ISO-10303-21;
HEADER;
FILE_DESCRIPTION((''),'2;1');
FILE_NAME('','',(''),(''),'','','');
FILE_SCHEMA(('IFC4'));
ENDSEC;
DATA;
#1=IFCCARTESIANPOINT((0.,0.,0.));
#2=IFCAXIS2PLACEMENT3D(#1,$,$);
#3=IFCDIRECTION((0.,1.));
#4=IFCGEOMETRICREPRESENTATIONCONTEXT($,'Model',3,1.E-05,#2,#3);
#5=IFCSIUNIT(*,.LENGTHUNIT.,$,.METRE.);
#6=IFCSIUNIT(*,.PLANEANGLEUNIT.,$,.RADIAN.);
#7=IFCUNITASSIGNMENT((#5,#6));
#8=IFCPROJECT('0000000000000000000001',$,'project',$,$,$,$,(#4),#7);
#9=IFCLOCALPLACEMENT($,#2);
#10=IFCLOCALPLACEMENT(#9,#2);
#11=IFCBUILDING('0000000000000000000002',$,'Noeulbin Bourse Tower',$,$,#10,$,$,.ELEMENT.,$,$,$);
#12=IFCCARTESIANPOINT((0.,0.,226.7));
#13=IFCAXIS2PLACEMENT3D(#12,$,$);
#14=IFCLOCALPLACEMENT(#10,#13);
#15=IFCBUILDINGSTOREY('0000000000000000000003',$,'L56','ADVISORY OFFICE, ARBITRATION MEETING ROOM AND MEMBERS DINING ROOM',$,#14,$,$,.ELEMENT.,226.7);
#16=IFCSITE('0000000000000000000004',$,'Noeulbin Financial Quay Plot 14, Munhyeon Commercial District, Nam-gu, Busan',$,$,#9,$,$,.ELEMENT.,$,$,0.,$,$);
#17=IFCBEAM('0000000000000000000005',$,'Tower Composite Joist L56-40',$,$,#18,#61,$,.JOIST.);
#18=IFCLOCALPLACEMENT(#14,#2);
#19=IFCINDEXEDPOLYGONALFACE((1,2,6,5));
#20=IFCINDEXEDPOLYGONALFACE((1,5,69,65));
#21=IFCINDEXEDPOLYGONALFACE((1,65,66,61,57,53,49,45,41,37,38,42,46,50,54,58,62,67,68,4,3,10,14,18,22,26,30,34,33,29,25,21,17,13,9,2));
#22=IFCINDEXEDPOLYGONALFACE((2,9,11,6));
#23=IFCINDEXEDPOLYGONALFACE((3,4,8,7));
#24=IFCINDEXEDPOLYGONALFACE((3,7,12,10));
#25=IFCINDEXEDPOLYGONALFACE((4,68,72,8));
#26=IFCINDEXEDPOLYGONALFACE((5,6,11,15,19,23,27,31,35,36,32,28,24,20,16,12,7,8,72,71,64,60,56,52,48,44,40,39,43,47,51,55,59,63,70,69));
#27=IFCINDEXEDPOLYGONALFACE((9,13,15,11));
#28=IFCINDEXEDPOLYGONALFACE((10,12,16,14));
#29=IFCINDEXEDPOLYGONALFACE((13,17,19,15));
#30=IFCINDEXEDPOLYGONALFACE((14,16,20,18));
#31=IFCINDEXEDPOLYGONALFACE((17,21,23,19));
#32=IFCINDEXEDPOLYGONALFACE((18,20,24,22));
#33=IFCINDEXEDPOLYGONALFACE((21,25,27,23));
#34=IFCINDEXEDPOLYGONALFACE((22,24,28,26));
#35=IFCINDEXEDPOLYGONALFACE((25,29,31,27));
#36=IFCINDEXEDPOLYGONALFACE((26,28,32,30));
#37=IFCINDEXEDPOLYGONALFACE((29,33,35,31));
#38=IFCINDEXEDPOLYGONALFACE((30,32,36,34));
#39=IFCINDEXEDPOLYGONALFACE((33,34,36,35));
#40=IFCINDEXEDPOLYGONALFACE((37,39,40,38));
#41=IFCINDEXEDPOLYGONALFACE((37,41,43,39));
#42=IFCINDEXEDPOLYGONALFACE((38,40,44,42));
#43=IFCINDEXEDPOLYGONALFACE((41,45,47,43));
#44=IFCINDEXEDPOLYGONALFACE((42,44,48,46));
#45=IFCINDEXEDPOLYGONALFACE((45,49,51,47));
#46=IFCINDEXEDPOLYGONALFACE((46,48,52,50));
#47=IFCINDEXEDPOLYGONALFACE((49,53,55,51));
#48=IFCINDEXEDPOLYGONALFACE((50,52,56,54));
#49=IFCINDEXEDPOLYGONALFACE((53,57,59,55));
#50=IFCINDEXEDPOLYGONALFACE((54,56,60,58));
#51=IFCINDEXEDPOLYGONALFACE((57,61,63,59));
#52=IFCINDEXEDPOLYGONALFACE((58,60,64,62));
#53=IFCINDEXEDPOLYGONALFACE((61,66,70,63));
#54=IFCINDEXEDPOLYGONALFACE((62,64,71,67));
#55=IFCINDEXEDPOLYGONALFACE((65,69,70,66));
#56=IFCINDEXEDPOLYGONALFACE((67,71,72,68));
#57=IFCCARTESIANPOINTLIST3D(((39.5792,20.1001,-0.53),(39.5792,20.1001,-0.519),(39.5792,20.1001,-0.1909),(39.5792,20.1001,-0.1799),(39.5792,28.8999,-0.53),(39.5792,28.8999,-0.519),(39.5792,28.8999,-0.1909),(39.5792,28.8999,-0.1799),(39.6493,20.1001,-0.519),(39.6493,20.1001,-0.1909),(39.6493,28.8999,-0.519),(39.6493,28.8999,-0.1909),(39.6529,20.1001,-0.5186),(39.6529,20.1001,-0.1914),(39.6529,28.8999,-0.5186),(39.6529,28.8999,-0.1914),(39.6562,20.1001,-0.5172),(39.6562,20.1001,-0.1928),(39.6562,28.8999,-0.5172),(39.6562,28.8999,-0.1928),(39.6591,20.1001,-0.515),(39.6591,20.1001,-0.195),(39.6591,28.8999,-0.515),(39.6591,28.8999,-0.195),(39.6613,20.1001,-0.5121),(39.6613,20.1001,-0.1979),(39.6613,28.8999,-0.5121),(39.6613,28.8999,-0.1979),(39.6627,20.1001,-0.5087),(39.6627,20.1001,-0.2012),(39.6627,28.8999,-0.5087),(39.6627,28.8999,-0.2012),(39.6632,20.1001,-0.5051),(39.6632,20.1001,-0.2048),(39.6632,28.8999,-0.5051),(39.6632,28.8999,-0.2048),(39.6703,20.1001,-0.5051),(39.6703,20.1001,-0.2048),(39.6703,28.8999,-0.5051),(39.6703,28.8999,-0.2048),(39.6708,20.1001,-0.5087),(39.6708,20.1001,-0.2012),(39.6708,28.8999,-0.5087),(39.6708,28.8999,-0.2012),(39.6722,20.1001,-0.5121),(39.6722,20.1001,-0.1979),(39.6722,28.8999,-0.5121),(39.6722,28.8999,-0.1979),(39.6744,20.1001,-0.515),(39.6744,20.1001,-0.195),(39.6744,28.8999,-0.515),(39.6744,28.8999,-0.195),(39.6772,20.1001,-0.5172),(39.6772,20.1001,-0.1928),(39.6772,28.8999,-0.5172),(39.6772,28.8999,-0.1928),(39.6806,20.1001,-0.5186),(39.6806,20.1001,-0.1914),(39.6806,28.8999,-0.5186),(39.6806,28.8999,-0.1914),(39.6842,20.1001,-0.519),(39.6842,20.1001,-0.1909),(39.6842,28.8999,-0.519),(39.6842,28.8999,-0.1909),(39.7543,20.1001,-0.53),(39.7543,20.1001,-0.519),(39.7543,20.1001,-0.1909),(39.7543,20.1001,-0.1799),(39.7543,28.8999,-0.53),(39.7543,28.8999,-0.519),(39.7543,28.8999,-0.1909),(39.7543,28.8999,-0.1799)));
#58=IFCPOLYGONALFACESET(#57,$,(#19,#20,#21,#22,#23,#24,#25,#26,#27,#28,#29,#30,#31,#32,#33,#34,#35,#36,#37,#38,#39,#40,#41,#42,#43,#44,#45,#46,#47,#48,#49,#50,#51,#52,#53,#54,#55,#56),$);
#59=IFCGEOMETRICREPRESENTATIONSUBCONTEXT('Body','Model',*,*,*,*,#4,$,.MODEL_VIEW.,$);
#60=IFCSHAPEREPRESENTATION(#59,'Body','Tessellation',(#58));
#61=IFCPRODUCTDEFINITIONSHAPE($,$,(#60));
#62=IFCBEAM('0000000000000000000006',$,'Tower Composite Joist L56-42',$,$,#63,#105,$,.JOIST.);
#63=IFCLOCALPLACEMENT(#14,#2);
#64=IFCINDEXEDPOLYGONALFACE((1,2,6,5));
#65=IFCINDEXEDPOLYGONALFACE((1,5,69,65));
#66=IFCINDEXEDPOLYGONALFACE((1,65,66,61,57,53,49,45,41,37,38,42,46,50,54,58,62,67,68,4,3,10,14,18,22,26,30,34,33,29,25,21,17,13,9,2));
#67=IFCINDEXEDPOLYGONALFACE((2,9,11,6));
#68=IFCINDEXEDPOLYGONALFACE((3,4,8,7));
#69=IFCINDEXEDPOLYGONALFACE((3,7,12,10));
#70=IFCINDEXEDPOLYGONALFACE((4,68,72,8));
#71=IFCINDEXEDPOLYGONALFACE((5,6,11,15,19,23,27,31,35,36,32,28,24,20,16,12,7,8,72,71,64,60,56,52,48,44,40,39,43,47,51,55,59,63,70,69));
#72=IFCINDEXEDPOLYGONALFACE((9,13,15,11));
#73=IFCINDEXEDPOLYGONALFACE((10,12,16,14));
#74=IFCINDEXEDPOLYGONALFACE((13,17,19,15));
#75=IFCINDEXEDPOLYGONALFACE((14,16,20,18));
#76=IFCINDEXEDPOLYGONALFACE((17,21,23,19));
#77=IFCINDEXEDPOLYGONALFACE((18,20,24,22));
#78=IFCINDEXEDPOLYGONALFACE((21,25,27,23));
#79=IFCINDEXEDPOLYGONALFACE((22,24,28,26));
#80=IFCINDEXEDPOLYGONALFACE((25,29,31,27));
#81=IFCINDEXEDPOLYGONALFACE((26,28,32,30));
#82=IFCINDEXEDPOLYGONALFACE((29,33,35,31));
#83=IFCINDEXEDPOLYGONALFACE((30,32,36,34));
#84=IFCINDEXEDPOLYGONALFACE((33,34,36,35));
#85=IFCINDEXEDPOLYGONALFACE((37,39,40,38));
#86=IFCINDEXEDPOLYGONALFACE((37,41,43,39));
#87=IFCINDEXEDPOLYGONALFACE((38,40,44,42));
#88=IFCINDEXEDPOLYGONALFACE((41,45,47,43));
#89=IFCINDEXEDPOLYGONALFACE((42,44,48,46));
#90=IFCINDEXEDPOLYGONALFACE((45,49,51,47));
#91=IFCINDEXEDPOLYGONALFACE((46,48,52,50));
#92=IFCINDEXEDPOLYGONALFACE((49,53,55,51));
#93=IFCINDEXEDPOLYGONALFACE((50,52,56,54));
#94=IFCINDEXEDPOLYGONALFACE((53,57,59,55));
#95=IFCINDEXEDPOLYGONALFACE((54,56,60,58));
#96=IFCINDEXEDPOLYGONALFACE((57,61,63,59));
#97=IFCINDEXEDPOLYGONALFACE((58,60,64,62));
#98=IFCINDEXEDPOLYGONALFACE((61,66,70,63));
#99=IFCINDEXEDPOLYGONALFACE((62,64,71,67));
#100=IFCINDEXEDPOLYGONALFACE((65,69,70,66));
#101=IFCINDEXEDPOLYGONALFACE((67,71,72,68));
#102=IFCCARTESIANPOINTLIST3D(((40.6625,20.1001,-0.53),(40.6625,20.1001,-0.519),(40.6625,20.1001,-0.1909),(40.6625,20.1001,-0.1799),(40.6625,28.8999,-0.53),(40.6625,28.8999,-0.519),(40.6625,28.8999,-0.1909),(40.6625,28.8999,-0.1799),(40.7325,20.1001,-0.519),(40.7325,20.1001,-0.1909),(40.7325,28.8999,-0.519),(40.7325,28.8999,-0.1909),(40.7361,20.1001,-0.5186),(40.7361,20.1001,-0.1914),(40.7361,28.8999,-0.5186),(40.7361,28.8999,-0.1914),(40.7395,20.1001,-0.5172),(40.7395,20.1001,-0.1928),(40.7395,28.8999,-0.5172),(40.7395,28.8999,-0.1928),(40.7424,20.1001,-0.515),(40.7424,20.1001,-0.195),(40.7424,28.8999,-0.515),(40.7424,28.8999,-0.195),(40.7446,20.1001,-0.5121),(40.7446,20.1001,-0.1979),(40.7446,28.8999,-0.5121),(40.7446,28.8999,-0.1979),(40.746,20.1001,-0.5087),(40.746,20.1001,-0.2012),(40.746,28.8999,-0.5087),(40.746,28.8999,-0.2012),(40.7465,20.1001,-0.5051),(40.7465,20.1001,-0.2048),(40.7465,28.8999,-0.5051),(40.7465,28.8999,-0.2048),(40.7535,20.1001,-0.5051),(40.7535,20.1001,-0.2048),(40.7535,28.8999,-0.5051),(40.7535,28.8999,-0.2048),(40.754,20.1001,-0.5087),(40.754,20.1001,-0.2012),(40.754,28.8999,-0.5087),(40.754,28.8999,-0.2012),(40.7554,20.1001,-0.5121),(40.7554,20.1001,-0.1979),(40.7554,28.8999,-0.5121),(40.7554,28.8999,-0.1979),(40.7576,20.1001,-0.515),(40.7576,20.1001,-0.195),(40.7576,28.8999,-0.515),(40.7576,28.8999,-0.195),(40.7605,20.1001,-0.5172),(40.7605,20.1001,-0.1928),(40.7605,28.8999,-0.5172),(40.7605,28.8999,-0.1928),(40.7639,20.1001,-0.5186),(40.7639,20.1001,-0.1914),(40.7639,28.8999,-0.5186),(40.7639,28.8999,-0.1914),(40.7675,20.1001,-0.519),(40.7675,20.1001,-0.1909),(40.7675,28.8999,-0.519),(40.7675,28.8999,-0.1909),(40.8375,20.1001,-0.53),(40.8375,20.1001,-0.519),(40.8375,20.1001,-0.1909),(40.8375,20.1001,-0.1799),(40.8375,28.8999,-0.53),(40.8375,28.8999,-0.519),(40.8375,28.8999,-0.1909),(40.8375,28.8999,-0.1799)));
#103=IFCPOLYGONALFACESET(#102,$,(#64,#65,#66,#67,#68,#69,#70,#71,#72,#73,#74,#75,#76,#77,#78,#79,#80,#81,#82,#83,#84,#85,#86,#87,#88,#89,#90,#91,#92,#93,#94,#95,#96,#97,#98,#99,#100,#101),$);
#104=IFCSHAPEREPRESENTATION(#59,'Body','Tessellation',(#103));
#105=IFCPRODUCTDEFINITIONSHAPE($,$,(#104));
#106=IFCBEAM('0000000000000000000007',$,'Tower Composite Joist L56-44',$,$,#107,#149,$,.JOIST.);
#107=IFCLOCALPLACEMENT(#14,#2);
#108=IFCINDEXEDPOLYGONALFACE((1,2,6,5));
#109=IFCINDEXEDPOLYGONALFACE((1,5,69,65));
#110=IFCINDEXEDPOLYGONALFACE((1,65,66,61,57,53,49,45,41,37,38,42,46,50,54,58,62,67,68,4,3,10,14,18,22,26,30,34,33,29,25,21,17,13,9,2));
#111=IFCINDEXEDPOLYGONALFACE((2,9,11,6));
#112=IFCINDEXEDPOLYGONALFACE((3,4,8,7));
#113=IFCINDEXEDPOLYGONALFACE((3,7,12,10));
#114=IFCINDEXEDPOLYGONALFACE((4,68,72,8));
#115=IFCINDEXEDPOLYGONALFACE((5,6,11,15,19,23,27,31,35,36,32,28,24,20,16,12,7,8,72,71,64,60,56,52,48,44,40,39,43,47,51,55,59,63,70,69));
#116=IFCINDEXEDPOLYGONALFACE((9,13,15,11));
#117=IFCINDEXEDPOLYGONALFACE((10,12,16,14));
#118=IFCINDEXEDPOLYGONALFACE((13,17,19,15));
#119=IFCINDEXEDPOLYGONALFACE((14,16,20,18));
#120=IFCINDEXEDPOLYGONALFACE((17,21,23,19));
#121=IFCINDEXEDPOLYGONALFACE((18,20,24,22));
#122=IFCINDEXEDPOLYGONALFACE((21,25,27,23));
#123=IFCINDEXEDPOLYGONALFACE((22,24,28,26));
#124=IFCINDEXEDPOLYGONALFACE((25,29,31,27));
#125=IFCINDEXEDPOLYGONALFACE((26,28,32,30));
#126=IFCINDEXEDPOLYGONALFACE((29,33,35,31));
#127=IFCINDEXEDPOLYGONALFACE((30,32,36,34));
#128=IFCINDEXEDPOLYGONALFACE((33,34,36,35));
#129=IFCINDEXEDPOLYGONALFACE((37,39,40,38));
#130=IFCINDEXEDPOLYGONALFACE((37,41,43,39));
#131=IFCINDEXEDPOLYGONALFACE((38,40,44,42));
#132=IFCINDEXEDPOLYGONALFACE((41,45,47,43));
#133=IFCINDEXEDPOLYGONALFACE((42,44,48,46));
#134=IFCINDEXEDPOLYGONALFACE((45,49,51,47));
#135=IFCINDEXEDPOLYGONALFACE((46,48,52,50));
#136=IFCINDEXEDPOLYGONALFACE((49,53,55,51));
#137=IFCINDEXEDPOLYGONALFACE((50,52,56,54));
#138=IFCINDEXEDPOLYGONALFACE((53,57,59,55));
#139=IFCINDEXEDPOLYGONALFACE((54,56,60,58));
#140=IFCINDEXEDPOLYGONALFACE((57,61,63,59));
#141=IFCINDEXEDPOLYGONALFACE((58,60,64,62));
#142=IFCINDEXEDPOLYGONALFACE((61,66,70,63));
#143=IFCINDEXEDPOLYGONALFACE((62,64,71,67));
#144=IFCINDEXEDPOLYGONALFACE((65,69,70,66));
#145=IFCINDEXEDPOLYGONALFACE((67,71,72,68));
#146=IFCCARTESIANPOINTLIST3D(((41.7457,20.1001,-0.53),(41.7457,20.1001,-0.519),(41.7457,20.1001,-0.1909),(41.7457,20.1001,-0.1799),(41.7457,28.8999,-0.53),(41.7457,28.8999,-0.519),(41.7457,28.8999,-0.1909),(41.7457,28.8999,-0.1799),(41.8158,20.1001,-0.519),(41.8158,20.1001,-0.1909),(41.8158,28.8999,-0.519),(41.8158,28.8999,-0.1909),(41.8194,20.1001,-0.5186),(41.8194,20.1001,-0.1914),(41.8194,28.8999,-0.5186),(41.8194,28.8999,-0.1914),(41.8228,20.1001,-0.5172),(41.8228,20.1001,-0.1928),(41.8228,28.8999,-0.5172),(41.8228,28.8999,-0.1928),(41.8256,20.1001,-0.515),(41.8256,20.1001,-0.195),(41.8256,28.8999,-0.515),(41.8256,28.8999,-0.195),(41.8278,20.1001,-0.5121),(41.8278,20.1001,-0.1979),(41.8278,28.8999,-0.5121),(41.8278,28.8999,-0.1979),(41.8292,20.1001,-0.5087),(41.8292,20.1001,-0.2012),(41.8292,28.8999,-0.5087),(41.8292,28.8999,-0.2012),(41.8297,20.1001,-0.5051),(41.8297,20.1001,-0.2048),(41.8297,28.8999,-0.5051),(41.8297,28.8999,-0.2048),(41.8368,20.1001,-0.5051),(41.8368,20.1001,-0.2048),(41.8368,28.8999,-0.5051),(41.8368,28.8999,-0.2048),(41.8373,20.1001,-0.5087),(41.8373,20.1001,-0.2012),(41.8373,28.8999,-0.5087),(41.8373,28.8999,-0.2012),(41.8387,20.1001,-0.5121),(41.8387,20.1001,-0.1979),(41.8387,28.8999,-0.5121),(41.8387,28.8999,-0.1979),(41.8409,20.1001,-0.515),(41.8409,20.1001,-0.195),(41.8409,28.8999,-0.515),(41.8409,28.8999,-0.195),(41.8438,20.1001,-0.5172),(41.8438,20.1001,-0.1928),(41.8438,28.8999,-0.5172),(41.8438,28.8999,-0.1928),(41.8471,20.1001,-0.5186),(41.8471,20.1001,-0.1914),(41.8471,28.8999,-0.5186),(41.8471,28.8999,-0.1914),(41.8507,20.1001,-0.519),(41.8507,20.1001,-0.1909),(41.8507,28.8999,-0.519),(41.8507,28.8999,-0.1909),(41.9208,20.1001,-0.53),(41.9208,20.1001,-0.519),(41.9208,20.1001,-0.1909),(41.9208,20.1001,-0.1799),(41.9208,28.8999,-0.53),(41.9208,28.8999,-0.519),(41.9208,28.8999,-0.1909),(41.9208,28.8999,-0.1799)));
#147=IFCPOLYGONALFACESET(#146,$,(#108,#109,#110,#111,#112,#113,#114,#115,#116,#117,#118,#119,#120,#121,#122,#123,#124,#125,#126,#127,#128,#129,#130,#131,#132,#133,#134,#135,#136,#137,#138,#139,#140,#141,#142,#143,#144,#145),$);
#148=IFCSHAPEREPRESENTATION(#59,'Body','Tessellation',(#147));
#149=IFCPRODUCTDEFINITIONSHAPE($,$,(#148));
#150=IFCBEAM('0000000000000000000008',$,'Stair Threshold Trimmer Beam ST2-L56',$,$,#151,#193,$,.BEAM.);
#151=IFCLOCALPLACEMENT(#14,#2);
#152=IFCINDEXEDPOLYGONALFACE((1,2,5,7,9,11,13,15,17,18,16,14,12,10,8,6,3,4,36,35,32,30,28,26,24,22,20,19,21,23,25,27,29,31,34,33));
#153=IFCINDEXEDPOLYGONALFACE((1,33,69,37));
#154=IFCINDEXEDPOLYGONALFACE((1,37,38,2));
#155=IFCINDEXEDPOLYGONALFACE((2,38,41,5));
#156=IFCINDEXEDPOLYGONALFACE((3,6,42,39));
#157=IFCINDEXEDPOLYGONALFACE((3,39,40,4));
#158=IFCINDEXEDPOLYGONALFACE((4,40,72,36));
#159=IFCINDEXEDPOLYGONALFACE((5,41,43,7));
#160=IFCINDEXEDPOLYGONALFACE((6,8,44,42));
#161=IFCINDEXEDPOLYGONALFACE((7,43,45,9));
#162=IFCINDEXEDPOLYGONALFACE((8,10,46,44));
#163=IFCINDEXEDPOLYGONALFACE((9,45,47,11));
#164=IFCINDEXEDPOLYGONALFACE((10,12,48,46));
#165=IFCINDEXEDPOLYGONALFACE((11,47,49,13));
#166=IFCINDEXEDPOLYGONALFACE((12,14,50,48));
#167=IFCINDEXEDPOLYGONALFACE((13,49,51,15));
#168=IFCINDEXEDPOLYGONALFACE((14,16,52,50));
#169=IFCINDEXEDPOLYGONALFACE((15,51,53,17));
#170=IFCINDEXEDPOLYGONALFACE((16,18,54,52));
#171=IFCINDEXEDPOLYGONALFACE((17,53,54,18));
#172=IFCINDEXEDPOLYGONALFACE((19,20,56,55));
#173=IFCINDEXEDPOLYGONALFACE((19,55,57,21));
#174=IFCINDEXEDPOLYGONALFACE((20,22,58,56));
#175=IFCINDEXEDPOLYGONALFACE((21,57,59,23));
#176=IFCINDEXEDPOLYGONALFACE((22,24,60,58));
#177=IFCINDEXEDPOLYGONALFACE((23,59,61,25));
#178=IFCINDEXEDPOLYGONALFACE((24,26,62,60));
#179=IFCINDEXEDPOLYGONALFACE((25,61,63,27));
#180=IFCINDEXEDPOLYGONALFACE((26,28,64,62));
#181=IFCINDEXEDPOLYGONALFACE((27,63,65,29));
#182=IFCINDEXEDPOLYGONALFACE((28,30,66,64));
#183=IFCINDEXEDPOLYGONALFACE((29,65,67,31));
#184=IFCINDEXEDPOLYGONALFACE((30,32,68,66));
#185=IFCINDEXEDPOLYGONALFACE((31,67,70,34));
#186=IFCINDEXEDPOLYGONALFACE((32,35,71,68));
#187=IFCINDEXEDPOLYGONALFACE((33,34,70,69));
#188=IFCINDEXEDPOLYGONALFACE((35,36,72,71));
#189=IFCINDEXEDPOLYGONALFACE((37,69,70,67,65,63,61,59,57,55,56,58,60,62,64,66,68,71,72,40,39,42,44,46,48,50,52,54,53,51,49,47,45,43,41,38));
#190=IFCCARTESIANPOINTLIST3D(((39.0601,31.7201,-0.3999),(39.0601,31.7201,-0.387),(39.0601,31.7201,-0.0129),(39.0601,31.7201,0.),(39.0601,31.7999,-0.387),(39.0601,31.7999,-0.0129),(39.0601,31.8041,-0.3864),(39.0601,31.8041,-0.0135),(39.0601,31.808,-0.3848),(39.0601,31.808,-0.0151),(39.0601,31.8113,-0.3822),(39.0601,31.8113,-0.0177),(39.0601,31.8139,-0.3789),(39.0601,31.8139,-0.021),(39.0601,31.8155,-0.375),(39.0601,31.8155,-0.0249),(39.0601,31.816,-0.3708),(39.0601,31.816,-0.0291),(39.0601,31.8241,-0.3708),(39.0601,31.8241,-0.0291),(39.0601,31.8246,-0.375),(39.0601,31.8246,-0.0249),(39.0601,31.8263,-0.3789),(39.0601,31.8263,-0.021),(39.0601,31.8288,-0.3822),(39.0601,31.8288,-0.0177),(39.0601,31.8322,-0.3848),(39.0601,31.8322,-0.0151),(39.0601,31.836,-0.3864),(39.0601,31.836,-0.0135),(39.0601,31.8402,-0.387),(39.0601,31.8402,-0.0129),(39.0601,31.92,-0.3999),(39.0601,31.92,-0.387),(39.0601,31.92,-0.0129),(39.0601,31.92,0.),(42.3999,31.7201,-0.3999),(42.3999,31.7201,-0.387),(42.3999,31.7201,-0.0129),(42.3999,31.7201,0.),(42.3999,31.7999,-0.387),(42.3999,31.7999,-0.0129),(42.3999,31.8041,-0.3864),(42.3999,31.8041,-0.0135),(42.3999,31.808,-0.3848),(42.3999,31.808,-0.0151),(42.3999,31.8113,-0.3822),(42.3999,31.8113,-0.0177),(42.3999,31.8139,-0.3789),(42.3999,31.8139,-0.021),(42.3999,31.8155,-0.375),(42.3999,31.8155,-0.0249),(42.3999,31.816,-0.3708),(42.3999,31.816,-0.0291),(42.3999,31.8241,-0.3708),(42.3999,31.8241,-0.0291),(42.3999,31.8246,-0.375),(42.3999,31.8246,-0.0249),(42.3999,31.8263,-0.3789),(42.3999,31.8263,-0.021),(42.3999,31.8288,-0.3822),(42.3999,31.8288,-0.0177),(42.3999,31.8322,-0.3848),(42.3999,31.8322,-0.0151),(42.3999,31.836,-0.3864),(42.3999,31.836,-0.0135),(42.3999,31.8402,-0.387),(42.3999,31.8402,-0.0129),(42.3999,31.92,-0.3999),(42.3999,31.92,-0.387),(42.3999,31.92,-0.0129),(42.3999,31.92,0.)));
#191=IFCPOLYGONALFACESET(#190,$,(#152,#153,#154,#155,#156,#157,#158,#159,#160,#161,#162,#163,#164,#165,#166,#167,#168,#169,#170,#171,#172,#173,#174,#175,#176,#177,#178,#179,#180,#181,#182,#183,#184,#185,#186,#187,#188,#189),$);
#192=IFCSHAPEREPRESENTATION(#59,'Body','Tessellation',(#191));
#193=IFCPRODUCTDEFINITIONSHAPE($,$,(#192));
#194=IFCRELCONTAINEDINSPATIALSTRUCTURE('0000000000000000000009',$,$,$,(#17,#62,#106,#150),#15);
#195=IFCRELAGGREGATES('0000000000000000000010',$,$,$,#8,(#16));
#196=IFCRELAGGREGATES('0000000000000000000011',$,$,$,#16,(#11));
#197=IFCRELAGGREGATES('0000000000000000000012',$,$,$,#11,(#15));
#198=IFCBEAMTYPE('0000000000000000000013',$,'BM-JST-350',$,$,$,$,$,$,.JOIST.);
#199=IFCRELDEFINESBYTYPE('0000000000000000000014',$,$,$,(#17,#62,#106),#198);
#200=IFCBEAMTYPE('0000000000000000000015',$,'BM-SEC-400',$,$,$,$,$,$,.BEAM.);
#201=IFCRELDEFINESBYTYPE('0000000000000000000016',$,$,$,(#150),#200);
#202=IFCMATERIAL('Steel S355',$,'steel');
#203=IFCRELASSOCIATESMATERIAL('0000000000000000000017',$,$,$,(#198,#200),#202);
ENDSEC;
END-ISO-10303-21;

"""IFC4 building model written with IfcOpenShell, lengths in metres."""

from ifc_helpers import new_model, si_unit, direction, frame, origin, origin_2d, place, context, subcontext, project, spatial, i_section, extrude, material, material_profile, profile_set, type_object, element, save


model = new_model("IFC4")

# Units and contexts
model_context = context("Model", 3, precision=1e-05, world=origin(), true_north=direction((0.0, 1.0)))
body_context = subcontext(model_context, "Body", "Model", "MODEL_VIEW")
ifc_project = project(units=[si_unit("LENGTHUNIT", "METRE"), si_unit("PLANEANGLEUNIT", "RADIAN")], contexts=[model_context])

# Site, building, storey
site_placement = place(None, origin())
site = spatial("IfcSite", under=ifc_project, at=site_placement, Name="Noeulbin Financial Quay Plot 14, Munhyeon Commercial District, Nam-gu, Busan", CompositionType="ELEMENT", RefElevation=0.0)
building_placement = place(site_placement, origin())
building = spatial("IfcBuilding", under=site, at=building_placement, Name="Noeulbin Bourse Tower", CompositionType="ELEMENT")
storey_placement = place(building_placement, frame((0.0, 0.0, 226.7)))
storey = spatial("IfcBuildingStorey", under=building, at=storey_placement, Name="L56", Description="ADVISORY OFFICE, ARBITRATION MEETING ROOM AND MEMBERS DINING ROOM", CompositionType="ELEMENT", Elevation=226.7)

# Shared definitions
ifc_material_1 = material(Name="Steel S355", Category="steel")

# Beams
ifc_material_profile_1 = material_profile(ifc_material_1, i_section(OverallWidth=0.175, OverallDepth=0.3501, WebThickness=0.0071, FlangeThickness=0.011, FilletRadius=0.0139, at=origin_2d()), Name="H-350x175x7x11", Category="LoadBearing")
ifc_profile_set_1 = profile_set([ifc_material_profile_1], Name="Steel S355")
beam_type_1 = type_object("IfcBeamType", Name="BM-JST-350", PredefinedType="JOIST", material=ifc_profile_set_1)
for number, where, z_axis, x_axis, name in (
    (1, (39.6667, 20.1001, -0.355), (0.0, 1.0, 0.0), (-1.0, 0.0, 0.0), "Tower Composite Joist L56-40"),
    (2, (40.75, 20.1001, -0.355), (0.0, 1.0, 0.0), (-1.0, 0.0, 0.0), "Tower Composite Joist L56-42"),
    (3, (41.8333, 20.1001, -0.355), (0.0, 1.0, 0.0), (-1.0, 0.0, 0.0), "Tower Composite Joist L56-44"),
):
    element("IfcBeam", number, at=place(storey_placement, frame(where, z_axis=z_axis, x_axis=x_axis)), inside=storey, type_object=beam_type_1, Name=name, PredefinedType="JOIST", context=body_context, shape_type="SweptSolid", body=[
        extrude(i_section(OverallWidth=0.175, OverallDepth=0.3501, WebThickness=0.0071, FlangeThickness=0.011, FilletRadius=0.0139, at=origin_2d()), origin(), (0.0, 0.0, 1.0), 8.7998),
    ])
ifc_material_profile_2 = material_profile(ifc_material_1, i_section(OverallWidth=0.2, OverallDepth=0.3999, WebThickness=0.0081, FlangeThickness=0.0129, FilletRadius=0.0161, at=origin_2d()), Name="H-400x200x8x13", Category="LoadBearing")
ifc_profile_set_2 = profile_set([ifc_material_profile_2], Name="Steel S355")
beam_type_2 = type_object("IfcBeamType", Name="BM-SEC-400", PredefinedType="BEAM", material=ifc_profile_set_2)
beam_placement = place(storey_placement, frame((39.0601, 31.8201, -0.2), z_axis=(1.0, 0.0, 0.0), x_axis=(0.0, 1.0, 0.0)))
element("IfcBeam", 4, at=beam_placement, inside=storey, type_object=beam_type_2, Name="Stair Threshold Trimmer Beam ST2-L56", PredefinedType="BEAM", context=body_context, shape_type="SweptSolid", body=[
    extrude(i_section(OverallWidth=0.2, OverallDepth=0.3999, WebThickness=0.0081, FlangeThickness=0.0129, FilletRadius=0.0161, at=origin_2d()), origin(), (0.0, 0.0, 1.0), 3.3398),
])

save(model, "model.ifc")
